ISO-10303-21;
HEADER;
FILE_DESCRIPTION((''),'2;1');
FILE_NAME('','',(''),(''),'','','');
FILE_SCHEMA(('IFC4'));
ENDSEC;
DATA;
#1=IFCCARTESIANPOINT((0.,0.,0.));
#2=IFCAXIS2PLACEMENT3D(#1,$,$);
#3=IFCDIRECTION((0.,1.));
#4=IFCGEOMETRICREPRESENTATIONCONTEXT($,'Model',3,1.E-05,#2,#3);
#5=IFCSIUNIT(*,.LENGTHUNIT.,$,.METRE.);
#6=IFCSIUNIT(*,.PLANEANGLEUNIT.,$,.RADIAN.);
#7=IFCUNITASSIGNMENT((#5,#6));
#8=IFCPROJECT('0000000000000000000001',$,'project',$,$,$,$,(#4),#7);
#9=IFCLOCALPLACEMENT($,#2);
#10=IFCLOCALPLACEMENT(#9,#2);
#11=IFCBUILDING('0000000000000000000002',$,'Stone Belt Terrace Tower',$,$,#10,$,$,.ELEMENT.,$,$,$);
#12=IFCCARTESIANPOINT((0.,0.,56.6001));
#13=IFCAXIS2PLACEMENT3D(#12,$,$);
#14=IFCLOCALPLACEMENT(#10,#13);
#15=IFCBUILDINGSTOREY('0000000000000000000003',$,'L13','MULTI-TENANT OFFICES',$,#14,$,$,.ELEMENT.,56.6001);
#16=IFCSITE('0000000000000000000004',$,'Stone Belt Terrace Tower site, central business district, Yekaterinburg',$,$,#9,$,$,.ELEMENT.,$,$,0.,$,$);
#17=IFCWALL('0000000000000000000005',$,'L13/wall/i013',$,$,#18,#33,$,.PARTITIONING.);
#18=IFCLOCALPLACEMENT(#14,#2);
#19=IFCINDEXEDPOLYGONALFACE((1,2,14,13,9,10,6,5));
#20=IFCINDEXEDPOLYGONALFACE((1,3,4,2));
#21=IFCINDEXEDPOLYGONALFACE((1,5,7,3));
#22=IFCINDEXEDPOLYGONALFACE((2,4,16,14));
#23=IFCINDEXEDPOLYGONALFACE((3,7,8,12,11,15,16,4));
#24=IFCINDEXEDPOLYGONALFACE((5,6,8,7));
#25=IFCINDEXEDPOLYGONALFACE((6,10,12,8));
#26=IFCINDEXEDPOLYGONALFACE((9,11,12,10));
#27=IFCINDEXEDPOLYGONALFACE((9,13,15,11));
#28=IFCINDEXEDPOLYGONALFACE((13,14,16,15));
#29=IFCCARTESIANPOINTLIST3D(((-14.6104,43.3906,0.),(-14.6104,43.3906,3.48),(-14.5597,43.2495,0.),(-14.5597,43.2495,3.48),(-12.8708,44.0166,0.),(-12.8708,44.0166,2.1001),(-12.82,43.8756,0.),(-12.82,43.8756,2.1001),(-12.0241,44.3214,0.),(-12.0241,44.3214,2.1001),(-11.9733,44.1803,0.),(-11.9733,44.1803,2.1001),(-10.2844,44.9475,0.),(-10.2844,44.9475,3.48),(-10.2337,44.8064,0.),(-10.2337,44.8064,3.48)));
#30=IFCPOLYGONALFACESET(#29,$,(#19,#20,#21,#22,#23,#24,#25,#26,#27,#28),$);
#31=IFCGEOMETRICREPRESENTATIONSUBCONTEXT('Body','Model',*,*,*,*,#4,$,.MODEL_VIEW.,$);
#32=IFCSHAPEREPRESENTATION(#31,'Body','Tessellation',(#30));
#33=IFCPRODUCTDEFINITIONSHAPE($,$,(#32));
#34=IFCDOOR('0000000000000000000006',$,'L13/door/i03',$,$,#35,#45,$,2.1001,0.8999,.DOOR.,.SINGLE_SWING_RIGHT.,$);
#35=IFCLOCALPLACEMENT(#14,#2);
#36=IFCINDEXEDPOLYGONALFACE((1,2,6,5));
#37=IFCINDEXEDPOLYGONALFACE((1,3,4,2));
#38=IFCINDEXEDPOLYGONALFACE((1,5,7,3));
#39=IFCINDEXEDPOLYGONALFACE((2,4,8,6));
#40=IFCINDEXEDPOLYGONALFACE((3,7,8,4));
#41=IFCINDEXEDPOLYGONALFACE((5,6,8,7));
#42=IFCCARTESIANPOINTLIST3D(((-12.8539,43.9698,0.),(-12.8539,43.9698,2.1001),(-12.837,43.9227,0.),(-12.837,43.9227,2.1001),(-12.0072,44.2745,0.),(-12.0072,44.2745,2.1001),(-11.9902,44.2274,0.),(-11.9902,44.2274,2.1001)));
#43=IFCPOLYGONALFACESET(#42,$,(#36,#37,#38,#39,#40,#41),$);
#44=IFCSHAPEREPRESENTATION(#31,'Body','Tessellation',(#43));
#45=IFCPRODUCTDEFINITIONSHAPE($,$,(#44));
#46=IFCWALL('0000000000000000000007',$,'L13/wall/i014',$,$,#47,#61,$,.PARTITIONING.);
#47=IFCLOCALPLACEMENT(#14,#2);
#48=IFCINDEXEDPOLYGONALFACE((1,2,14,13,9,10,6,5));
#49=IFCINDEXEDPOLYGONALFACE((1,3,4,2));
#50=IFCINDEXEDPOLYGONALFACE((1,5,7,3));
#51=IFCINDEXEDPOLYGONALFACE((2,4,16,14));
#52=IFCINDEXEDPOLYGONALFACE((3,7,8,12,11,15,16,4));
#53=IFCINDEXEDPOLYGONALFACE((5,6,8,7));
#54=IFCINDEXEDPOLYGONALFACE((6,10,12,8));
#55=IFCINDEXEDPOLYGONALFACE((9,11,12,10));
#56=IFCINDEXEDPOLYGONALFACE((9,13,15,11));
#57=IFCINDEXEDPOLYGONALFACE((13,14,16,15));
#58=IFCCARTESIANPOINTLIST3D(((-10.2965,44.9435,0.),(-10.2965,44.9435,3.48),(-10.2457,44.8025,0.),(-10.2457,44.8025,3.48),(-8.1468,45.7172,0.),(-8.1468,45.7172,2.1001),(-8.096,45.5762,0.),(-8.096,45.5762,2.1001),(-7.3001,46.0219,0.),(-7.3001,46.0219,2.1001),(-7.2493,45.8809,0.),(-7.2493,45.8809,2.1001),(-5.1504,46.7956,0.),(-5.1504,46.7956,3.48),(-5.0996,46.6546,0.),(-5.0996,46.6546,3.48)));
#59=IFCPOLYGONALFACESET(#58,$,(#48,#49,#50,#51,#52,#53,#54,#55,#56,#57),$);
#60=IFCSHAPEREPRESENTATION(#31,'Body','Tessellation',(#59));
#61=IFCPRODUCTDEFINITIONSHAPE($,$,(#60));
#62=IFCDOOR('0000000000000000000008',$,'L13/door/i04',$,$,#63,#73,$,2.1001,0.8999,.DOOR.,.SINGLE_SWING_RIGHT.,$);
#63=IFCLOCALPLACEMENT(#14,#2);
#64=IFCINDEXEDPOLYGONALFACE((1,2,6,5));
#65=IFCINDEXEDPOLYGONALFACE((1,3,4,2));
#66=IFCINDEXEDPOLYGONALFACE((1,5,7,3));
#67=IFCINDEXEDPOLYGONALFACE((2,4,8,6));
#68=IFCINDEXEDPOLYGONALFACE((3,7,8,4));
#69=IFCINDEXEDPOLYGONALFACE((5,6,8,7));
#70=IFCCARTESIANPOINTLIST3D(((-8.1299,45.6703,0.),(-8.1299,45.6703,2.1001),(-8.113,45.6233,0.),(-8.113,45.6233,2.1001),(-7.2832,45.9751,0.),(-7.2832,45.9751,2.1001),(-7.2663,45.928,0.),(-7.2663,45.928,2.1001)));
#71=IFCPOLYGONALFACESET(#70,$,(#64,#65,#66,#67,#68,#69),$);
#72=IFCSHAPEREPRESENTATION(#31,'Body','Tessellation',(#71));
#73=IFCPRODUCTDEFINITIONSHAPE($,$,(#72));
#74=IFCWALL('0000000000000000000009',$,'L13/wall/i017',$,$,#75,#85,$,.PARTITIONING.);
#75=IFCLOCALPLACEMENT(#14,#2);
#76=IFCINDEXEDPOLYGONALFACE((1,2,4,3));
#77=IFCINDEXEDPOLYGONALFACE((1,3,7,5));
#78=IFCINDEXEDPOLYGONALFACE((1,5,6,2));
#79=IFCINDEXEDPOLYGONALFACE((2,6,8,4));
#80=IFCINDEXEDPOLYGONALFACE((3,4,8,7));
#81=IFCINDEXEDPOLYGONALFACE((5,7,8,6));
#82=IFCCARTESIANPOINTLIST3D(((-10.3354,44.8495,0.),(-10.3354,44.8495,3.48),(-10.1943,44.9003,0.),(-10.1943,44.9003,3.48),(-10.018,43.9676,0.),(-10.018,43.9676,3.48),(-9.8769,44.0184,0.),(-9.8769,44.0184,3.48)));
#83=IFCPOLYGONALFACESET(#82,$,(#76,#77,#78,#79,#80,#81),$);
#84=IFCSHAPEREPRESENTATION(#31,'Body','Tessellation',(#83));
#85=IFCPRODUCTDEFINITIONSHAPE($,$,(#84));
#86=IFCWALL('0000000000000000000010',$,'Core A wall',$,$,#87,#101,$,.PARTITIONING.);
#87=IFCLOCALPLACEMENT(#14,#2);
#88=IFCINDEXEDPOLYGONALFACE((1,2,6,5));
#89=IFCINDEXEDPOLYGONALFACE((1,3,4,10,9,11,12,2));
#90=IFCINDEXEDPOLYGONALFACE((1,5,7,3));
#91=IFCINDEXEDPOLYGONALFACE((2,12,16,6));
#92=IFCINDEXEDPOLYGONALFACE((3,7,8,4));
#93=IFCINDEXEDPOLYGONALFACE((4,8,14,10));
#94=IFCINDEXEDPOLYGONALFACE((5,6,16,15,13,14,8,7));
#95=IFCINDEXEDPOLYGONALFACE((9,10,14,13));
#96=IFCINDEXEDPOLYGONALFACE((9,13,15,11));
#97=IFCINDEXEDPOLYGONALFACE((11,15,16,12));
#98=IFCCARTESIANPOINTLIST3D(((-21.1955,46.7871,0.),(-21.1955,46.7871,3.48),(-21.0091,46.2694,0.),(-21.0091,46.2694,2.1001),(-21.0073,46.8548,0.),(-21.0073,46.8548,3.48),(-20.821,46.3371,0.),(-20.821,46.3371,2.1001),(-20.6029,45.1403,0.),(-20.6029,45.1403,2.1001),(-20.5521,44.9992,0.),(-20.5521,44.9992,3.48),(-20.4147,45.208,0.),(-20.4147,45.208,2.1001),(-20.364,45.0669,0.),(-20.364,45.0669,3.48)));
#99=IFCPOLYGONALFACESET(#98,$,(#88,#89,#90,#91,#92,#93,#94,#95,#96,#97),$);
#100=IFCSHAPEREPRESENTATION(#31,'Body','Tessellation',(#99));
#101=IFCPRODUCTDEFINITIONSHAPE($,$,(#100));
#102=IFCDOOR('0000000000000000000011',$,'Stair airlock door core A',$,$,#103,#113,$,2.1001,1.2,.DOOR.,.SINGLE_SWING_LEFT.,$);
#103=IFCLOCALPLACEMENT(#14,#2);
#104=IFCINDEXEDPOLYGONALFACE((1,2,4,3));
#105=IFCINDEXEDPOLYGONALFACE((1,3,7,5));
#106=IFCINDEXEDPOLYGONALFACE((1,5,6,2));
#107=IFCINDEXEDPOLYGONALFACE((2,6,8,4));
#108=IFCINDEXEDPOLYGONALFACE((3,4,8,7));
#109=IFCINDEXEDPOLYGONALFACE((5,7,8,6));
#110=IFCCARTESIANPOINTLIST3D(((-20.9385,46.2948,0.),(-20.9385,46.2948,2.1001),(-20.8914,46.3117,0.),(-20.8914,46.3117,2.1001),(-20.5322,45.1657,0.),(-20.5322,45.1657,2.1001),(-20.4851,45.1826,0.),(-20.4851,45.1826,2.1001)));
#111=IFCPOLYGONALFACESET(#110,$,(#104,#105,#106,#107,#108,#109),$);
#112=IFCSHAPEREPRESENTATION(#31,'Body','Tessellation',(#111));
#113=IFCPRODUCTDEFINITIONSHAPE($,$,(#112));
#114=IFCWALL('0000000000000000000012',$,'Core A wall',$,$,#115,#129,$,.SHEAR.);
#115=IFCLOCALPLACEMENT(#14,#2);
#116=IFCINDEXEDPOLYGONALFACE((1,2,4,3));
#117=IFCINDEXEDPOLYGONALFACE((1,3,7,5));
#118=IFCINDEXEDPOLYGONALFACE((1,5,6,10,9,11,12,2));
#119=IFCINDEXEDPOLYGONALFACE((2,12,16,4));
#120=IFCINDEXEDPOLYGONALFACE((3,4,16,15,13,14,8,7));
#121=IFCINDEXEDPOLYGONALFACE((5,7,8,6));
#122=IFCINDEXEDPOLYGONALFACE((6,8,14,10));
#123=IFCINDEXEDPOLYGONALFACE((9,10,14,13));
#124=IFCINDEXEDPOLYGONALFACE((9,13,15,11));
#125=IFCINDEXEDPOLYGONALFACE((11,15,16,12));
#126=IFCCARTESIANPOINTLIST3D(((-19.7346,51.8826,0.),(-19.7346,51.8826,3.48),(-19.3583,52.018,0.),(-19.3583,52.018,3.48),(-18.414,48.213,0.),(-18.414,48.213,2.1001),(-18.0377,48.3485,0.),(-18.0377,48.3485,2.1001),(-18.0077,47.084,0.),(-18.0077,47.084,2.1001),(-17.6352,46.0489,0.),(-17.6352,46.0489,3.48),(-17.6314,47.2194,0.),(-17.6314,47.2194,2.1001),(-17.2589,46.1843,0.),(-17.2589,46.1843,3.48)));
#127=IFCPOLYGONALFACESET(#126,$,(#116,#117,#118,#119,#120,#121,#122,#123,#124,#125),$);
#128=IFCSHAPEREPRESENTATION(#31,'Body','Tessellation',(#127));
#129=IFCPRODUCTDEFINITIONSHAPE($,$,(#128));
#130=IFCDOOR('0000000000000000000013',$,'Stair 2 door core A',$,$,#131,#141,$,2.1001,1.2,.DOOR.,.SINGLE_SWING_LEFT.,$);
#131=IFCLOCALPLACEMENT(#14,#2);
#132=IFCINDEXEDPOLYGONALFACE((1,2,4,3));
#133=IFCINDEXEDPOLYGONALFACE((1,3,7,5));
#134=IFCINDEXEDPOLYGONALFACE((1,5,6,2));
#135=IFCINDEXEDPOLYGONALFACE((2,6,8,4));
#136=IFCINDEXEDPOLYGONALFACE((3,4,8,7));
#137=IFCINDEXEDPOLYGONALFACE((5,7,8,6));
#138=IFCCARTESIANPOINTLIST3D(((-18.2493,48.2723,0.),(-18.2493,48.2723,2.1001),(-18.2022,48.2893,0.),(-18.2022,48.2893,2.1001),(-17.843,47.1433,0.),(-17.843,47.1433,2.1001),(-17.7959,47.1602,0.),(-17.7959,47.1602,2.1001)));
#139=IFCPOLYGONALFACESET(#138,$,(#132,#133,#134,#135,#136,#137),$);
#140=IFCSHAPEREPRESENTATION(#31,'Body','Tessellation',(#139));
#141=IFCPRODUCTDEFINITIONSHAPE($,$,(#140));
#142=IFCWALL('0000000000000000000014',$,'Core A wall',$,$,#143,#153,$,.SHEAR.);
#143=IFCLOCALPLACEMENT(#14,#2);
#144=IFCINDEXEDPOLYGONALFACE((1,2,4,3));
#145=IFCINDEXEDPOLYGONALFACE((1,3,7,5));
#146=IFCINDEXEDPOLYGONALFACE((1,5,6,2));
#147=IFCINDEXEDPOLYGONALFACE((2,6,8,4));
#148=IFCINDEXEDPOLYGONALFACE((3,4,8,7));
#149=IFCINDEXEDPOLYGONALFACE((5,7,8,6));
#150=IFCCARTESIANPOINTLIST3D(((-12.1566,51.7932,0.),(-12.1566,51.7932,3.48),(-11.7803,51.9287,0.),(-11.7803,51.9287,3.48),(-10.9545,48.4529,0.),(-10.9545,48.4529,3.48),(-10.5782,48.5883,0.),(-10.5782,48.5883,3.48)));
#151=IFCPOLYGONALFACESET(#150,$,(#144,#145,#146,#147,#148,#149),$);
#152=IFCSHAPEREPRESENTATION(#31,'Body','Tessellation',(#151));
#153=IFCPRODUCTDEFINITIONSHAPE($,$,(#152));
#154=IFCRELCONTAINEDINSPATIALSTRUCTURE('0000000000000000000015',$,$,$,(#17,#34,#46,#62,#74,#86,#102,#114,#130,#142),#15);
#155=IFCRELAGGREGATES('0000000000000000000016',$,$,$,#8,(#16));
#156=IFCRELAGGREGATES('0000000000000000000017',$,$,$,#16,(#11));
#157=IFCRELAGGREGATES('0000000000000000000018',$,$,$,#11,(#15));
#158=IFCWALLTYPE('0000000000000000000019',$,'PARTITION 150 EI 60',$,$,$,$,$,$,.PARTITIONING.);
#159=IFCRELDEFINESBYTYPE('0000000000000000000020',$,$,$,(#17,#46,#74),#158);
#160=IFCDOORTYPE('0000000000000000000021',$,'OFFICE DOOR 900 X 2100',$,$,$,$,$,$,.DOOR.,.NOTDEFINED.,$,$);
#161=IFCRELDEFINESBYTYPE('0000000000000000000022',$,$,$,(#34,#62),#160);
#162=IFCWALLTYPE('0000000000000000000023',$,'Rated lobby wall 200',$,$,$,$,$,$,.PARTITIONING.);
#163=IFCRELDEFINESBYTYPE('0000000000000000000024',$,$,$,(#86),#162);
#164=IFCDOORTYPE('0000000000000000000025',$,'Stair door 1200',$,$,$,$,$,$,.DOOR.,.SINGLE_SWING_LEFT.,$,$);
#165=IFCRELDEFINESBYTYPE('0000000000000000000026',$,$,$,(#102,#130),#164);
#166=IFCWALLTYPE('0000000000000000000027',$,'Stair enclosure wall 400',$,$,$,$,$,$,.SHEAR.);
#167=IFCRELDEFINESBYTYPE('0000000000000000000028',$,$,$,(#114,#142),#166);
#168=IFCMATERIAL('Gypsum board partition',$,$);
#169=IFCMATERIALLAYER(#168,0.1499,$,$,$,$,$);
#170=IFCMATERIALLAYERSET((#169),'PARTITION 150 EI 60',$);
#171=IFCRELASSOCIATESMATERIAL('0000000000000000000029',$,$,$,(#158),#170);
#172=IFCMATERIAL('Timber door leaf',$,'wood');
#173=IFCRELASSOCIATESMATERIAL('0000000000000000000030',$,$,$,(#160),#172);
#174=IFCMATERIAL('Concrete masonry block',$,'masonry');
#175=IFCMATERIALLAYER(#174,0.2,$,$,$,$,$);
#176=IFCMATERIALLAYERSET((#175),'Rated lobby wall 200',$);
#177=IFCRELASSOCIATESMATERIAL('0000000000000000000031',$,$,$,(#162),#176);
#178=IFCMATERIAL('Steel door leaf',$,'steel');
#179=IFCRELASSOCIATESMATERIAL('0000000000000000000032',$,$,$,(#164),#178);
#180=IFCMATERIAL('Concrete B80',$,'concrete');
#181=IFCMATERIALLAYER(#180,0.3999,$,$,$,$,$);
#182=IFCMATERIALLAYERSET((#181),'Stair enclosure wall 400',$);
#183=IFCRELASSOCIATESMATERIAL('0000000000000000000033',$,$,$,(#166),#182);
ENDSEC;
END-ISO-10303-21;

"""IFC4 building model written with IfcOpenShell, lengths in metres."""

from ifc_helpers import new_model, si_unit, direction, frame, frame_2d, origin, place, context, subcontext, project, spatial, rectangle, extrude, material, layer, layer_set, type_object, element, fill, save


model = new_model("IFC4")

# Units and contexts
model_context = context("Model", 3, precision=1e-05, world=origin(), true_north=direction((0.0, 1.0)))
body_context = subcontext(model_context, "Body", "Model", "MODEL_VIEW")
ifc_project = project(units=[si_unit("LENGTHUNIT", "METRE"), si_unit("PLANEANGLEUNIT", "RADIAN")], contexts=[model_context])

# Site, building, storey
site_placement = place(None, origin())
site = spatial("IfcSite", under=ifc_project, at=site_placement, Name="Stone Belt Terrace Tower site, central business district, Yekaterinburg", CompositionType="ELEMENT", RefElevation=0.0)
building_placement = place(site_placement, origin())
building = spatial("IfcBuilding", under=site, at=building_placement, Name="Stone Belt Terrace Tower", CompositionType="ELEMENT")
storey_placement = place(building_placement, frame((0.0, 0.0, 56.6001)))
storey = spatial("IfcBuildingStorey", under=building, at=storey_placement, Name="L13", Description="MULTI-TENANT OFFICES", CompositionType="ELEMENT", Elevation=56.6001)

# Shared definitions
ifc_material_1 = material(Name="Concrete B80", Category="concrete")

# Shared definitions
ifc_material_2 = material(Name="Timber door leaf", Category="wood")

# Shared definitions
ifc_material_3 = material(Name="Gypsum board partition")
ifc_layer_1 = layer(ifc_material_3, 0.1499)
ifc_layer_set_1 = layer_set([ifc_layer_1], Name="PARTITION 150 EI 60")
wall_type_1 = type_object("IfcWallType", Name="PARTITION 150 EI 60", PredefinedType="PARTITIONING", material=ifc_layer_set_1)

# Walls, openings, doors
wall_1_placement = place(storey_placement, frame((-10.259, 44.877, 0.0), z_axis=(0.0, 0.0, 1.0), x_axis=(-0.940919, -0.338633, 0.0)))
wall_1 = element("IfcWall", 1, at=wall_1_placement, inside=storey, type_object=wall_type_1, Name="L13/wall/i013", PredefinedType="PARTITIONING", context=body_context, shape_type="SweptSolid", body=[
    extrude(rectangle(XDim=4.5977, YDim=0.1499, at=frame_2d((2.2988, 0.0))), origin(), (0.0, 0.0, 1.0), 3.48),
])
opening_1_placement = place(wall_1_placement, frame((1.8489, 0.0, 0.0)))
opening_1 = element("IfcOpeningElement", 2, at=opening_1_placement, cuts=wall_1, PredefinedType="OPENING", context=body_context, shape_type="SweptSolid", body=[
    extrude(rectangle(XDim=0.8999, YDim=2.1001, at=frame_2d((0.45, 1.05))), frame((0.0, 0.085, 0.0), z_axis=(0.0, -1.0, 0.0), x_axis=(1.0, 0.0, 0.0)), (0.0, 0.0, 1.0), 0.1699),
])
door_type_1 = type_object("IfcDoorType", Name="OFFICE DOOR 900 X 2100", OperationType="NOTDEFINED", PredefinedType="DOOR", material=ifc_material_2)
door_1_placement = place(opening_1_placement, origin())
door_1 = element("IfcDoor", 3, at=door_1_placement, inside=storey, type_object=door_type_1, Name="L13/door/i03", OperationType="SINGLE_SWING_RIGHT", OverallHeight=2.1001, OverallWidth=0.8999, PredefinedType="DOOR", context=body_context, shape_type="SweptSolid", body=[
    extrude(rectangle(XDim=0.8999, YDim=2.1001, at=frame_2d((0.45, 1.05))), frame((0.0, 0.0249, 0.0), z_axis=(0.0, -1.0, 0.0), x_axis=(1.0, 0.0, 0.0)), (0.0, 0.0, 1.0), 0.05),
])
fill(opening_1, door_1)
wall_2_placement = place(storey_placement, frame((-5.125, 46.7251, 0.0), z_axis=(0.0, 0.0, 1.0), x_axis=(-0.940917, -0.338637, 0.0)))
wall_2 = element("IfcWall", 4, at=wall_2_placement, inside=storey, type_object=wall_type_1, Name="L13/wall/i014", PredefinedType="PARTITIONING", context=body_context, shape_type="SweptSolid", body=[
    extrude(rectangle(XDim=5.4692, YDim=0.1499, at=frame_2d((2.7346, 0.0))), origin(), (0.0, 0.0, 1.0), 3.48),
])
opening_2_placement = place(wall_2_placement, frame((2.2847, 0.0, 0.0)))
opening_2 = element("IfcOpeningElement", 5, at=opening_2_placement, cuts=wall_2, PredefinedType="OPENING", context=body_context, shape_type="SweptSolid", body=[
    extrude(rectangle(XDim=0.8999, YDim=2.1001, at=frame_2d((0.45, 1.05))), frame((0.0, 0.085, 0.0), z_axis=(0.0, -1.0, 0.0), x_axis=(1.0, 0.0, 0.0)), (0.0, 0.0, 1.0), 0.1699),
])
door_2_placement = place(opening_2_placement, origin())
door_2 = element("IfcDoor", 6, at=door_2_placement, inside=storey, type_object=door_type_1, Name="L13/door/i04", OperationType="SINGLE_SWING_RIGHT", OverallHeight=2.1001, OverallWidth=0.8999, PredefinedType="DOOR", context=body_context, shape_type="SweptSolid", body=[
    extrude(rectangle(XDim=0.8999, YDim=2.1001, at=frame_2d((0.45, 1.05))), frame((0.0, 0.0249, 0.0), z_axis=(0.0, -1.0, 0.0), x_axis=(1.0, 0.0, 0.0)), (0.0, 0.0, 1.0), 0.05),
])
fill(opening_2, door_2)

# Wall
wall_3_placement = place(storey_placement, frame((-10.2649, 44.875, 0.0), z_axis=(0.0, 0.0, 1.0), x_axis=(0.338646, -0.940914, 0.0)))
element("IfcWall", 7, at=wall_3_placement, inside=storey, type_object=wall_type_1, Name="L13/wall/i017", PredefinedType="PARTITIONING", context=body_context, shape_type="SweptSolid", body=[
    extrude(rectangle(XDim=0.9373, YDim=0.1499, at=frame_2d((0.4688, 0.0))), origin(), (0.0, 0.0, 1.0), 3.48),
])

# Walls, openings, doors
ifc_material_4 = material(Name="Concrete masonry block", Category="masonry")
ifc_layer_2 = layer(ifc_material_4, 0.2)
ifc_layer_set_2 = layer_set([ifc_layer_2], Name="Rated lobby wall 200")
wall_type_2 = type_object("IfcWallType", Name="Rated lobby wall 200", PredefinedType="PARTITIONING", material=ifc_layer_set_2)
wall_4_placement = place(storey_placement, frame((-20.458, 45.033, 0.0), z_axis=(0.0, 0.0, 1.0), x_axis=(-0.338574, 0.94094, 0.0)))
wall_4 = element("IfcWall", 8, at=wall_4_placement, inside=storey, type_object=wall_type_2, Name="Core A wall", PredefinedType="PARTITIONING", context=body_context, shape_type="SweptSolid", body=[
    extrude(rectangle(XDim=1.9001, YDim=0.2, at=frame_2d((0.9502, 0.0))), origin(), (0.0, 0.0, 1.0), 3.48),
])
opening_3_placement = place(wall_4_placement, frame((0.1499, 0.0, 0.0)))
opening_3 = element("IfcOpeningElement", 9, at=opening_3_placement, cuts=wall_4, PredefinedType="OPENING", context=body_context, shape_type="SweptSolid", body=[
    extrude(rectangle(XDim=1.2, YDim=2.1001, at=frame_2d((0.6001, 1.05))), frame((0.0, 0.1099, 0.0), z_axis=(0.0, -1.0, 0.0), x_axis=(1.0, 0.0, 0.0)), (0.0, 0.0, 1.0), 0.22),
])
ifc_material_5 = material(Name="Steel door leaf", Category="steel")
door_type_2 = type_object("IfcDoorType", Name="Stair door 1200", OperationType="SINGLE_SWING_LEFT", PredefinedType="DOOR", material=ifc_material_5)
door_3_placement = place(opening_3_placement, origin())
door_3 = element("IfcDoor", 10, at=door_3_placement, inside=storey, type_object=door_type_2, Name="Stair airlock door core A", OperationType="SINGLE_SWING_LEFT", OverallHeight=2.1001, OverallWidth=1.2, PredefinedType="DOOR", context=body_context, shape_type="SweptSolid", body=[
    extrude(rectangle(XDim=1.2, YDim=2.1001, at=frame_2d((0.6001, 1.05))), frame((0.0, 0.0249, 0.0), z_axis=(0.0, -1.0, 0.0), x_axis=(1.0, 0.0, 0.0)), (0.0, 0.0, 1.0), 0.05),
])
fill(opening_3, door_3)
ifc_layer_3 = layer(ifc_material_1, 0.3999)
ifc_layer_set_3 = layer_set([ifc_layer_3], Name="Stair enclosure wall 400")
wall_type_3 = type_object("IfcWallType", Name="Stair enclosure wall 400", PredefinedType="SHEAR", material=ifc_layer_set_3)
wall_5_placement = place(storey_placement, frame((-17.447, 46.1165, 0.0), z_axis=(0.0, 0.0, 1.0), x_axis=(-0.338608, 0.940928, 0.0)))
wall_5 = element("IfcWall", 11, at=wall_5_placement, inside=storey, type_object=wall_type_3, Name="Core A wall", PredefinedType="SHEAR", context=body_context, shape_type="SweptSolid", body=[
    extrude(rectangle(XDim=6.2, YDim=0.3999, at=frame_2d((3.1001, 0.0))), origin(), (0.0, 0.0, 1.0), 3.48),
])
opening_4_placement = place(wall_5_placement, frame((1.1001, 0.0, 0.0)))
opening_4 = element("IfcOpeningElement", 12, at=opening_4_placement, cuts=wall_5, PredefinedType="OPENING", context=body_context, shape_type="SweptSolid", body=[
    extrude(rectangle(XDim=1.2, YDim=2.1001, at=frame_2d((0.6001, 1.05))), frame((0.0, 0.21, 0.0), z_axis=(0.0, -1.0, 0.0), x_axis=(1.0, 0.0, 0.0)), (0.0, 0.0, 1.0), 0.4199),
])
door_4_placement = place(opening_4_placement, origin())
door_4 = element("IfcDoor", 13, at=door_4_placement, inside=storey, type_object=door_type_2, Name="Stair 2 door core A", OperationType="SINGLE_SWING_LEFT", OverallHeight=2.1001, OverallWidth=1.2, PredefinedType="DOOR", context=body_context, shape_type="SweptSolid", body=[
    extrude(rectangle(XDim=1.2, YDim=2.1001, at=frame_2d((0.6001, 1.05))), frame((0.0, 0.0249, 0.0), z_axis=(0.0, -1.0, 0.0), x_axis=(1.0, 0.0, 0.0)), (0.0, 0.0, 1.0), 0.05),
])
fill(opening_4, door_4)

# Wall
wall_6_placement = place(storey_placement, frame((-10.7664, 48.5208, 0.0), z_axis=(0.0, 0.0, 1.0), x_axis=(-0.338627, 0.940921, 0.0)))
element("IfcWall", 14, at=wall_6_placement, inside=storey, type_object=wall_type_3, Name="Core A wall", PredefinedType="SHEAR", context=body_context, shape_type="SweptSolid", body=[
    extrude(rectangle(XDim=3.55, YDim=0.3999, at=frame_2d((1.7749, 0.0))), origin(), (0.0, 0.0, 1.0), 3.48),
])

save(model, "model.ifc")
